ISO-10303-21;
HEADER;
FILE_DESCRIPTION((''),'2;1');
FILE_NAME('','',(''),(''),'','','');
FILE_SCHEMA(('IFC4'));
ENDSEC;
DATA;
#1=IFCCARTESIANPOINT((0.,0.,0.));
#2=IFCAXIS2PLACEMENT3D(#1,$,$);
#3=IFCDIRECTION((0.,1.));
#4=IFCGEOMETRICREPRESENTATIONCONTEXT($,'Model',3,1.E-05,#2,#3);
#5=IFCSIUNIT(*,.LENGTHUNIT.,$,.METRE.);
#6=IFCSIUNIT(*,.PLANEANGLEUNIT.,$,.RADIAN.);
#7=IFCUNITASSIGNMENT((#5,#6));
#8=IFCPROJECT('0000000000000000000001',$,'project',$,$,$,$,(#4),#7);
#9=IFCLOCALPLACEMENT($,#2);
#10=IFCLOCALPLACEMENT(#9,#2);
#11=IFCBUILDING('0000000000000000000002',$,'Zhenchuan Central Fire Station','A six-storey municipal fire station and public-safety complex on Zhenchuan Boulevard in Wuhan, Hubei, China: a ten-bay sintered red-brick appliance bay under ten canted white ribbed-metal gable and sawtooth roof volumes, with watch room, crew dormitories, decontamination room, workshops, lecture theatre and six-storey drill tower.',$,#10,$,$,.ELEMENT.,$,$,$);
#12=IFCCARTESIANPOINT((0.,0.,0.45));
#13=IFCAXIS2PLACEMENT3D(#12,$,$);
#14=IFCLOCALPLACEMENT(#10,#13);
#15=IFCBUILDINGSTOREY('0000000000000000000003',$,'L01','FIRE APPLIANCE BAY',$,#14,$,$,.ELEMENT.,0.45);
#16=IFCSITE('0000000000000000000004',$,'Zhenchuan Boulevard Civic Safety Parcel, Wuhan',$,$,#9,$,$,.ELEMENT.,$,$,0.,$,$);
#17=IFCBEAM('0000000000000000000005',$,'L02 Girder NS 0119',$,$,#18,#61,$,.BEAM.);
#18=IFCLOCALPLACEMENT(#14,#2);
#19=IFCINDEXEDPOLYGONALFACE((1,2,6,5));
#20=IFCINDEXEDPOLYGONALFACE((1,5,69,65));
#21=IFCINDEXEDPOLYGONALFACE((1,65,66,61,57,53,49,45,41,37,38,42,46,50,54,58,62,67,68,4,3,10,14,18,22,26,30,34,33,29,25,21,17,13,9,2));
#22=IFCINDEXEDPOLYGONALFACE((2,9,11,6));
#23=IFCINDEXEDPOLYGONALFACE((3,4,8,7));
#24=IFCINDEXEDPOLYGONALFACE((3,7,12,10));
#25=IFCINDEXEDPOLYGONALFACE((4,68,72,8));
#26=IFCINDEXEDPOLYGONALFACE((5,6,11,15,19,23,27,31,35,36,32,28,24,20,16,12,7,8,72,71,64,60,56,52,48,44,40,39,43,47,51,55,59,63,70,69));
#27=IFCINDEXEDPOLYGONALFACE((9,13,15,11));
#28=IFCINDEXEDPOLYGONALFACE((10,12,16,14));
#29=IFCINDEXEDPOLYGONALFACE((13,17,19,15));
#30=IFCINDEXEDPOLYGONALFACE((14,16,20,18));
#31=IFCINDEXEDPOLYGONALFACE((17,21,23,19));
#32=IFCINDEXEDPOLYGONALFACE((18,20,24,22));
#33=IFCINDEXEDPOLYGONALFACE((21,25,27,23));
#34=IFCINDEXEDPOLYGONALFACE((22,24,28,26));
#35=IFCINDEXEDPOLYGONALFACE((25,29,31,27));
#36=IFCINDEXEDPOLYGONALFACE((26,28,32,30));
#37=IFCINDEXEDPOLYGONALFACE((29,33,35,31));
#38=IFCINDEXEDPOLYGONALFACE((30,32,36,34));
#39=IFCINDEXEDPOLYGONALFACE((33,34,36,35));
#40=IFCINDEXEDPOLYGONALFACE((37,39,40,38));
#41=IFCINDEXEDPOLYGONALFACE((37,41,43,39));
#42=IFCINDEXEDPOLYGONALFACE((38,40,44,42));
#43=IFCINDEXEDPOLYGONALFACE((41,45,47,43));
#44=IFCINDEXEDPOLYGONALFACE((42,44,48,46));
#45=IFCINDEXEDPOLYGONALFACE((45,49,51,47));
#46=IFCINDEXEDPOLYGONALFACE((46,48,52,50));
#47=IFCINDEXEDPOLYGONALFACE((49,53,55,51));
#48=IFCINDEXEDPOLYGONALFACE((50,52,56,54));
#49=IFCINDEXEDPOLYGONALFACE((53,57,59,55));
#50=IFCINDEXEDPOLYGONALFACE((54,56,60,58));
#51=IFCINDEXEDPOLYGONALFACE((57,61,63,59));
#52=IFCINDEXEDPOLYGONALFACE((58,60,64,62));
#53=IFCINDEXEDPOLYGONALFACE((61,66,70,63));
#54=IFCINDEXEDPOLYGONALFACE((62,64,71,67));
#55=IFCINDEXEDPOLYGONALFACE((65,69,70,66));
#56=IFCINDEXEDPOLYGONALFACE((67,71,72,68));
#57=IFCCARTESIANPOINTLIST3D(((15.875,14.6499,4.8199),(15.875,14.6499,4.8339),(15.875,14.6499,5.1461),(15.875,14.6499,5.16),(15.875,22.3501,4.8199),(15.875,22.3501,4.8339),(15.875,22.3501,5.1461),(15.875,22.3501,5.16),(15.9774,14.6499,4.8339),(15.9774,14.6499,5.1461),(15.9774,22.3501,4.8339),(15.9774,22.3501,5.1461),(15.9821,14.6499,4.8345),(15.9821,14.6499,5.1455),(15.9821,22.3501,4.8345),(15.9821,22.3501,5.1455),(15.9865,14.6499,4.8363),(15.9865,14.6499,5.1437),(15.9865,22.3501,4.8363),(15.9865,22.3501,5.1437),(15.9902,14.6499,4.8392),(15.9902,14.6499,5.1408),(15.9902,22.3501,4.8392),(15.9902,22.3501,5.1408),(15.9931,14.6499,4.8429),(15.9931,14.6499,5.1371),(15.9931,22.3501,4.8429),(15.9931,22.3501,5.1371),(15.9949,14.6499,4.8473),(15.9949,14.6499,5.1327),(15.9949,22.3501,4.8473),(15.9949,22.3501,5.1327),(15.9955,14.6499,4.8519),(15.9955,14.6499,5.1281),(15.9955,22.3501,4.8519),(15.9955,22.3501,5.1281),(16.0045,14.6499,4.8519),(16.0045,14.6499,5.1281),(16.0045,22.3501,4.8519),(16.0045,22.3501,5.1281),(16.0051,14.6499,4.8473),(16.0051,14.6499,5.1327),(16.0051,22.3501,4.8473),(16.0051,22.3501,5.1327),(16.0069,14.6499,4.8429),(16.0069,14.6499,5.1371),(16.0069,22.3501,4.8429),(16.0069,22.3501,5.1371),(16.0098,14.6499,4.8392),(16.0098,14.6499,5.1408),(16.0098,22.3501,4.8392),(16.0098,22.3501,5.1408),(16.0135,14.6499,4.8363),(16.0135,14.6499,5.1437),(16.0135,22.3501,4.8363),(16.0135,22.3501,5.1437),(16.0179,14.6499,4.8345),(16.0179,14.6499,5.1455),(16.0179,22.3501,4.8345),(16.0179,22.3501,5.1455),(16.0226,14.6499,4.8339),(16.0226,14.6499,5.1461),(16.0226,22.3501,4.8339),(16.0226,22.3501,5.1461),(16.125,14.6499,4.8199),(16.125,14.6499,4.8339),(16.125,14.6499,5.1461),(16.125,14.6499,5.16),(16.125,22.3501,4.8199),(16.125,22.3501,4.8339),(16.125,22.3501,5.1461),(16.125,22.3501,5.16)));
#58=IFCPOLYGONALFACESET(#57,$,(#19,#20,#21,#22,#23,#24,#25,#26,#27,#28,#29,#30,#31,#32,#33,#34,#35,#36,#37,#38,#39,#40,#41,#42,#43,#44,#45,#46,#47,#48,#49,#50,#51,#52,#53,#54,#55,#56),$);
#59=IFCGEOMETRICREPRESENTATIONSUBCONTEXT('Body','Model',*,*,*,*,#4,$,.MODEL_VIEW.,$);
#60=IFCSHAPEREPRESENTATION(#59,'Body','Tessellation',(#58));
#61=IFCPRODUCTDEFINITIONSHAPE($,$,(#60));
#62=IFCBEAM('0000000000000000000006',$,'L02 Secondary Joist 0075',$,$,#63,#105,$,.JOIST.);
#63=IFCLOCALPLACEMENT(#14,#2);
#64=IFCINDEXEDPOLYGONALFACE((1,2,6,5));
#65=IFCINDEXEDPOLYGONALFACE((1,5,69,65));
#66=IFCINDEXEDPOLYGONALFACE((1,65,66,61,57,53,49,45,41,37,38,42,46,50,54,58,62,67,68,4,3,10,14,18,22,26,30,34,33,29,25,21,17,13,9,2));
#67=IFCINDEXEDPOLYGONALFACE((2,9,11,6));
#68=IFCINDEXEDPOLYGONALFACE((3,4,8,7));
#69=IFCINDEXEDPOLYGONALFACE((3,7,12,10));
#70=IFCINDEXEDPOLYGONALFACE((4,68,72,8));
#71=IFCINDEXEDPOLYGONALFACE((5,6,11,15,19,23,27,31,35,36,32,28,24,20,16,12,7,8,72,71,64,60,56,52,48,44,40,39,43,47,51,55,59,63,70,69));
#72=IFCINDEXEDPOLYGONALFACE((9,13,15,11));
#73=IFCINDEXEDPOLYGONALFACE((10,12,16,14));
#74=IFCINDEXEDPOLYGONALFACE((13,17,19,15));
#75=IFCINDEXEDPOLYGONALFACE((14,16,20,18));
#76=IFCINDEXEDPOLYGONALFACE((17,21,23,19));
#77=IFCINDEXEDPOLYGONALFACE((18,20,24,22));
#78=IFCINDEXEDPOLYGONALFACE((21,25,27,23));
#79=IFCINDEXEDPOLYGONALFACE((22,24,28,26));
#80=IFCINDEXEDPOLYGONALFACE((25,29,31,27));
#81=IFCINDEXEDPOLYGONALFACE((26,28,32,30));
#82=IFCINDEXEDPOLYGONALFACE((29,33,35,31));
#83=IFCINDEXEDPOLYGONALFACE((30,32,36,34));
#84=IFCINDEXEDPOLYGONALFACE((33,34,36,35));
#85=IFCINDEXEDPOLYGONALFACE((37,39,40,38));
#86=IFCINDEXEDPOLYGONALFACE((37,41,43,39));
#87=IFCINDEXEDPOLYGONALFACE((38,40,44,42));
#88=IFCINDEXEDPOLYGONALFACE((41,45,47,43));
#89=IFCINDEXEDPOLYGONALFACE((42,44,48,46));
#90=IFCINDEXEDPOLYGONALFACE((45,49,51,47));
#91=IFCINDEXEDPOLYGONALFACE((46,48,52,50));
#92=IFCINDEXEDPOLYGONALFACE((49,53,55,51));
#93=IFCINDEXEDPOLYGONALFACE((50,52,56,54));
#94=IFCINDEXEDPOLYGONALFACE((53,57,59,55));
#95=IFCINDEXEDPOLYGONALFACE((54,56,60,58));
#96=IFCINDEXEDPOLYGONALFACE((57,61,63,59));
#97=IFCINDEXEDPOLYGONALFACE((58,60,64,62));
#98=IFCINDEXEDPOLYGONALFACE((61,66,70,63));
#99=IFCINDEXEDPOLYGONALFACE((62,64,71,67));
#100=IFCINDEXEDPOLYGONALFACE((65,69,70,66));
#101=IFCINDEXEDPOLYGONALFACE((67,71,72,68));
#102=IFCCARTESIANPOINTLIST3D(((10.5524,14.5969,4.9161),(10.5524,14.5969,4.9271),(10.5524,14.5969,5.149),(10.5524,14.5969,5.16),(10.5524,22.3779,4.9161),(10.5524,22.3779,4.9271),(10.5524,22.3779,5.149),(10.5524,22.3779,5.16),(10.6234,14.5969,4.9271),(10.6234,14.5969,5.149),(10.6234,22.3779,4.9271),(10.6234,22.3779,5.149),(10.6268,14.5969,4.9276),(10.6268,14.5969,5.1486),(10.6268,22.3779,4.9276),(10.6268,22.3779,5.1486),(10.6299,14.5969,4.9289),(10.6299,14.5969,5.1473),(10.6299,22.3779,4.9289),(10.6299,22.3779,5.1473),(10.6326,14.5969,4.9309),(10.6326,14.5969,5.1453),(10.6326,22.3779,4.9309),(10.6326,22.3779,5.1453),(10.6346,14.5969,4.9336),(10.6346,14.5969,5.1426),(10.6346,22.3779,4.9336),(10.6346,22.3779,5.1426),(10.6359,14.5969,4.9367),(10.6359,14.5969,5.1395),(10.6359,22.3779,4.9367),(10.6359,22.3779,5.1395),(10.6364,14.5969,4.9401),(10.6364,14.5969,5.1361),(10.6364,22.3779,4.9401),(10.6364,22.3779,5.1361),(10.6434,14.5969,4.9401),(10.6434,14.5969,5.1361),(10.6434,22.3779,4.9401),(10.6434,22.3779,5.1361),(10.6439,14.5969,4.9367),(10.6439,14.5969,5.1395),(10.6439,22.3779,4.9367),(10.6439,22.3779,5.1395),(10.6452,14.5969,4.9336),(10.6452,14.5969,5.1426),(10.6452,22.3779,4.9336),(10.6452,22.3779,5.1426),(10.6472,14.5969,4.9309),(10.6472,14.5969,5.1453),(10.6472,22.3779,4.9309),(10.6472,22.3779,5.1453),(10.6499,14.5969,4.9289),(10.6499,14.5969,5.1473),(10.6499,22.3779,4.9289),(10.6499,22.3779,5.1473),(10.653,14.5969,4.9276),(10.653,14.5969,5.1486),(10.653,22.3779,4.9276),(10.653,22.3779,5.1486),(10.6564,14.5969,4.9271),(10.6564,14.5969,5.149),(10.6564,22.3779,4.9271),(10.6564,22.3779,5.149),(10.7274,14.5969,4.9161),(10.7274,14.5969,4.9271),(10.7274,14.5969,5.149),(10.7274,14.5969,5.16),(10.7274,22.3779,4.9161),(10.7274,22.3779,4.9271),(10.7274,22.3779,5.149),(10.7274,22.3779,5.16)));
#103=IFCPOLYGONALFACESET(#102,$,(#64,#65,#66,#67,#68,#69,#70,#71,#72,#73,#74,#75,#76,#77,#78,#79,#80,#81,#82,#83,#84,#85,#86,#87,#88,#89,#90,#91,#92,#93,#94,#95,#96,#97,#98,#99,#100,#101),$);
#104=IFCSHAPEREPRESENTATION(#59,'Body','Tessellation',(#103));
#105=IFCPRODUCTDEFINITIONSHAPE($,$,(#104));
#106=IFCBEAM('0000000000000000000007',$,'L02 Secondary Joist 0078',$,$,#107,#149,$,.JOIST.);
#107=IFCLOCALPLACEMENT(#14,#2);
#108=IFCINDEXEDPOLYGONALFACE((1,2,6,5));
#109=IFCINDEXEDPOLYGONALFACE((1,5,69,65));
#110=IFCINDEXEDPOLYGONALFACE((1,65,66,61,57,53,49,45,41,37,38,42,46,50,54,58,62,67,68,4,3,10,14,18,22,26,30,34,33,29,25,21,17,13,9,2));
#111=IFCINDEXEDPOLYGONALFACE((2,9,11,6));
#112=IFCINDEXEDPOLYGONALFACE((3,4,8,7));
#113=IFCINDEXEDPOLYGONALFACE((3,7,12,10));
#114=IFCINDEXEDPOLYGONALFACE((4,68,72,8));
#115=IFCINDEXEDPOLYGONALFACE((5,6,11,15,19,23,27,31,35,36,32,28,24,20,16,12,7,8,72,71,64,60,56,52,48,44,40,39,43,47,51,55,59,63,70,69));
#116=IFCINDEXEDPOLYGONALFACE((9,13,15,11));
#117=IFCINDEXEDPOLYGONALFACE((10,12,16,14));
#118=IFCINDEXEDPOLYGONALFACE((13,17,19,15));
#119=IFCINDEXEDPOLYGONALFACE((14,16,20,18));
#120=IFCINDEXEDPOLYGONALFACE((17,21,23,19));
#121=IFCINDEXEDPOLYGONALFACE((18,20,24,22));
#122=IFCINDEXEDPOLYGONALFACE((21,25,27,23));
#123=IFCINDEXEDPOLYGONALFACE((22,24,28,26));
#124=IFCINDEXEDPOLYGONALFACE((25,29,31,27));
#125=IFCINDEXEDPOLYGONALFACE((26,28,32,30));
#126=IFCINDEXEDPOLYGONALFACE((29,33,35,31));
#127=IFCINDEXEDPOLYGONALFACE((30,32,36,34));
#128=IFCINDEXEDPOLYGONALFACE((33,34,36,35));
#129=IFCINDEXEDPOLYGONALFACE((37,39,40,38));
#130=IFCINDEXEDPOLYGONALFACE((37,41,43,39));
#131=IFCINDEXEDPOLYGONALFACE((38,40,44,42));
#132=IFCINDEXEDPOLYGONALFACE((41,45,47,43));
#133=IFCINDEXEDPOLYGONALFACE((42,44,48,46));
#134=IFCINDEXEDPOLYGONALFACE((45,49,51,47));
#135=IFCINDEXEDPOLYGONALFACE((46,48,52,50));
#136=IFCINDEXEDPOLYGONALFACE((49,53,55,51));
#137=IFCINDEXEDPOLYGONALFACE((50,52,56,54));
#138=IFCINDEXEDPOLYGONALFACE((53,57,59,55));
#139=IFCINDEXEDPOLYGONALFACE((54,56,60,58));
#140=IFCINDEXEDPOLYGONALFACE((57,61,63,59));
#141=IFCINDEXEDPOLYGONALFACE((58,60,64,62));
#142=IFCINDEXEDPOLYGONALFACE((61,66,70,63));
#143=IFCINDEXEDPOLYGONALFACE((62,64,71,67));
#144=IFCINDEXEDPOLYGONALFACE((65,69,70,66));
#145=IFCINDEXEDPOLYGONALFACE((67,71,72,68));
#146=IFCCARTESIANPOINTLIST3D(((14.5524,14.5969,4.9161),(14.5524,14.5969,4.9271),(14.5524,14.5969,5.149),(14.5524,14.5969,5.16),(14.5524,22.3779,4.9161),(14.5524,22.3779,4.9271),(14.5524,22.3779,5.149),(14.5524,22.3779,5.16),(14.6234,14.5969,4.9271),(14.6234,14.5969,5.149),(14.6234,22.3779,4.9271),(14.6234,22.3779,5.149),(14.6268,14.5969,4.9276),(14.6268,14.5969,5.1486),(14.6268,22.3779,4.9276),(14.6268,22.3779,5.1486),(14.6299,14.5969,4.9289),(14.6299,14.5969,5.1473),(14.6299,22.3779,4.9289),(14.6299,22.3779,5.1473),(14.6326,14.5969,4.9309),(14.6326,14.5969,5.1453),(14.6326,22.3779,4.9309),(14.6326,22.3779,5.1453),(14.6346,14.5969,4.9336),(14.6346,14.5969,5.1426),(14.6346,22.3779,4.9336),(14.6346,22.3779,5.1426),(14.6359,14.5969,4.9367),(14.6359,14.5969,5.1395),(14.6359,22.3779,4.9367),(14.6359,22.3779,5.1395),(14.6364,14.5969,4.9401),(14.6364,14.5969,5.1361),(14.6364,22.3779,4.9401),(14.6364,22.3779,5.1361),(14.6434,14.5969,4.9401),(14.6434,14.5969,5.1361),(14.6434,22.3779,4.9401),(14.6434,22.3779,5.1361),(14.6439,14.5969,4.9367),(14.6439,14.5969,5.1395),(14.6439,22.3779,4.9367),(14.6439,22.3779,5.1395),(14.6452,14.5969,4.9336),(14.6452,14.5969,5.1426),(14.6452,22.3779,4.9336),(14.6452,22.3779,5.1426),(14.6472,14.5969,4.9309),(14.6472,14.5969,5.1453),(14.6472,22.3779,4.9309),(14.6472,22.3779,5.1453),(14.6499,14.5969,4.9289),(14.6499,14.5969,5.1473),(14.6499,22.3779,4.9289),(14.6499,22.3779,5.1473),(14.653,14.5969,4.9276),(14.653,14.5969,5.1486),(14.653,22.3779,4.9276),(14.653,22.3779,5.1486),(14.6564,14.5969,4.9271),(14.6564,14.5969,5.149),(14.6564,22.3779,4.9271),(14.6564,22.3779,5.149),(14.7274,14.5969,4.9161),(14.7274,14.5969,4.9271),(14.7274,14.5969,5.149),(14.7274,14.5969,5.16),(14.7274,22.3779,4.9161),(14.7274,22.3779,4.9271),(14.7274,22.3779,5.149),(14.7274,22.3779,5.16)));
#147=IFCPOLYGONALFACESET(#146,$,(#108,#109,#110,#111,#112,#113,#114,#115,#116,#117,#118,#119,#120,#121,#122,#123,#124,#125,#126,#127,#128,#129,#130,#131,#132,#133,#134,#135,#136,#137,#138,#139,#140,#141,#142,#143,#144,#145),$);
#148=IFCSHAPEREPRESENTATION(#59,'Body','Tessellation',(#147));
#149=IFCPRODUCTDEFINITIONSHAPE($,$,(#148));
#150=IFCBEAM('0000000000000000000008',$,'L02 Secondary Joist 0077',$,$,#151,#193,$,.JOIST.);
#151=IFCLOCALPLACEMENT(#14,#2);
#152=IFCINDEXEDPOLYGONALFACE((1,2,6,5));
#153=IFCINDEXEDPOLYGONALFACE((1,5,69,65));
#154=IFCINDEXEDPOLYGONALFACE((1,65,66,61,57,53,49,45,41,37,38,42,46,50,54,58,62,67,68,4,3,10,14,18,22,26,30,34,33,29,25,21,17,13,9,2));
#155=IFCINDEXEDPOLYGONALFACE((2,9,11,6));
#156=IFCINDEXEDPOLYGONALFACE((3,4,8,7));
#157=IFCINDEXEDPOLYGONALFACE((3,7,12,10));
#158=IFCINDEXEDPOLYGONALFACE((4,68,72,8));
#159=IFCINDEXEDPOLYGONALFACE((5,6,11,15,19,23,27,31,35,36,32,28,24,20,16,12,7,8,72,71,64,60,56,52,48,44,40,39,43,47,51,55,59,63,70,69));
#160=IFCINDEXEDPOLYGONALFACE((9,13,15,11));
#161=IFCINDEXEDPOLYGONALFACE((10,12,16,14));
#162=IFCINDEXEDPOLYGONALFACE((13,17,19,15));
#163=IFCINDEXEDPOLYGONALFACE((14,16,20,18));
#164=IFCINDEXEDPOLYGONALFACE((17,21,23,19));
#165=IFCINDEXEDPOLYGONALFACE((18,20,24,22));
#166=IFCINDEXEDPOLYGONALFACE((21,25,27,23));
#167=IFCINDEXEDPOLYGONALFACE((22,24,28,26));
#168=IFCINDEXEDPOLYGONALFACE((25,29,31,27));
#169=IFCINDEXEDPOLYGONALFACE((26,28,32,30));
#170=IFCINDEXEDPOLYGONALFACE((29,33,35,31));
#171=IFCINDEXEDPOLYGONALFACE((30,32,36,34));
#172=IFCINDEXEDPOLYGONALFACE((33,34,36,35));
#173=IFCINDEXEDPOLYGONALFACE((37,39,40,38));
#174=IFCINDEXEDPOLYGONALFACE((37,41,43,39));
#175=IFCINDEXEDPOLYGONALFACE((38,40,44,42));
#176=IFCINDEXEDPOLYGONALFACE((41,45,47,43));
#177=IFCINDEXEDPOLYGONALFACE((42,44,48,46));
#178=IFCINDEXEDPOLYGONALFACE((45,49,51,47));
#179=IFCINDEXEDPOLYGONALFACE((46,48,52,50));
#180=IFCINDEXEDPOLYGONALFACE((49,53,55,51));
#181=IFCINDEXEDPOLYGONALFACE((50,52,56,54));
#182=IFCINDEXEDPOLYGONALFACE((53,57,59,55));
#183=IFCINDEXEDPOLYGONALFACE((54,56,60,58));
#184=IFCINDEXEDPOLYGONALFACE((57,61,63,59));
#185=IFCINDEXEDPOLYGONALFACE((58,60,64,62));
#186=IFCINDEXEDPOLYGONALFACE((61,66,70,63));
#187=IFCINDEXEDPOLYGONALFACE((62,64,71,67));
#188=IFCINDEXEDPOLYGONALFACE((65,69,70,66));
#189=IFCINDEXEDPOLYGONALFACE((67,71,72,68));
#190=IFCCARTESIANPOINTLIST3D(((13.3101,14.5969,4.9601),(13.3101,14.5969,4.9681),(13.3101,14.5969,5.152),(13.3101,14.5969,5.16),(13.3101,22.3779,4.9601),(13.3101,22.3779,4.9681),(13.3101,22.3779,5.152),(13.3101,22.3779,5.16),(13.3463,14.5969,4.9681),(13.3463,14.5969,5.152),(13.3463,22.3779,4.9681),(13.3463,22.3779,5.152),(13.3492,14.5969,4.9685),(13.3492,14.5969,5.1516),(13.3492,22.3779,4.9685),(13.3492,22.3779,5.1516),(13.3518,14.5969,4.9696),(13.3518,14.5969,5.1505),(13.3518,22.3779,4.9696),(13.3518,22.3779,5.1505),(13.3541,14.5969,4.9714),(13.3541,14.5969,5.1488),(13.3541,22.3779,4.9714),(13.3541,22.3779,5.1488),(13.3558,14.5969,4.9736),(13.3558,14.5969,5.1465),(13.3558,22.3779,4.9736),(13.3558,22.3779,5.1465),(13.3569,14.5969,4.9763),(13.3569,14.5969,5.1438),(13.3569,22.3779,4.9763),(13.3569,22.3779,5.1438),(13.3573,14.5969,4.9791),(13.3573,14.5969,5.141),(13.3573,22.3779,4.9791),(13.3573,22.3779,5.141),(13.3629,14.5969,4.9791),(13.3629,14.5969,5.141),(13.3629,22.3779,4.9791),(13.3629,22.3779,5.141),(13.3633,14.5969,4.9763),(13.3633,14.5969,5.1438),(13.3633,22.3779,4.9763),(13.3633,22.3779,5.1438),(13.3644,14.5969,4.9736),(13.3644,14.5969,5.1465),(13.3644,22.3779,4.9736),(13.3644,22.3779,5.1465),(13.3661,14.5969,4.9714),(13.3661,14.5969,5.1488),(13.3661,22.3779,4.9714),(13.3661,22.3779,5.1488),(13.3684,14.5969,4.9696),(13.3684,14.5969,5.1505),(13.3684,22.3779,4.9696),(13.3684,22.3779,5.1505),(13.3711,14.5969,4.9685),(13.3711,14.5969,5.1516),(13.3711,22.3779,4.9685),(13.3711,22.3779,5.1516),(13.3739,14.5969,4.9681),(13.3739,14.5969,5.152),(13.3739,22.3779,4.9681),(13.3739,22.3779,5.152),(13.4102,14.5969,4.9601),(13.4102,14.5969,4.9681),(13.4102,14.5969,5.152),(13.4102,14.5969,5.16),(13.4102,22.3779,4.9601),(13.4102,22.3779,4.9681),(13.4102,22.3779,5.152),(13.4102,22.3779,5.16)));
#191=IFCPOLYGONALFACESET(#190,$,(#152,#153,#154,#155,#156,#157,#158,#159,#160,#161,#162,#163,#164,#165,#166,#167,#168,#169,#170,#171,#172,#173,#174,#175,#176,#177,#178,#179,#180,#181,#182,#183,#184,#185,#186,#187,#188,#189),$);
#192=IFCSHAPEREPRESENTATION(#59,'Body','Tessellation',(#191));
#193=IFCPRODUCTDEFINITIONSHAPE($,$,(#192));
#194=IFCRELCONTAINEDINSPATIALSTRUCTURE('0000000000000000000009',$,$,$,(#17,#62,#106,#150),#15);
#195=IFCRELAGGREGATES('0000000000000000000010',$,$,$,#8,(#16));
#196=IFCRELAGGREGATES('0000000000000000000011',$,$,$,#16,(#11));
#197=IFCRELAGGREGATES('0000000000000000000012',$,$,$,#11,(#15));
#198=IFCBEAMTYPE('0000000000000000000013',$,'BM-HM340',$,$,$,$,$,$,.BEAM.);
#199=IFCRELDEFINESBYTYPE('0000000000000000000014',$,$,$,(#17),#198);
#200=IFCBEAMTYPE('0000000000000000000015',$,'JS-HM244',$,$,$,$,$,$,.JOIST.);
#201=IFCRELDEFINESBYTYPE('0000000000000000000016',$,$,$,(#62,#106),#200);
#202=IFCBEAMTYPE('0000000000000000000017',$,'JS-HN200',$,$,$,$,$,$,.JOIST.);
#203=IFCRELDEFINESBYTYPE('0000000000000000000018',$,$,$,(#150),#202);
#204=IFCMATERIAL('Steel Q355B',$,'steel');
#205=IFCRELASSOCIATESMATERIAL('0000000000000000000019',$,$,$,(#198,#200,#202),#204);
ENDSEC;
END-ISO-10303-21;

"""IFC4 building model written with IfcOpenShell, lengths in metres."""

from ifc_helpers import new_model, si_unit, direction, frame, origin, origin_2d, place, context, subcontext, project, spatial, i_section, extrude, material, material_profile, profile_set, type_object, element, save


model = new_model("IFC4")

# Units and contexts
model_context = context("Model", 3, precision=1e-05, world=origin(), true_north=direction((0.0, 1.0)))
body_context = subcontext(model_context, "Body", "Model", "MODEL_VIEW")
ifc_project = project(units=[si_unit("LENGTHUNIT", "METRE"), si_unit("PLANEANGLEUNIT", "RADIAN")], contexts=[model_context])

# Site, building, storey
site_placement = place(None, origin())
site = spatial("IfcSite", under=ifc_project, at=site_placement, Name="Zhenchuan Boulevard Civic Safety Parcel, Wuhan", CompositionType="ELEMENT", RefElevation=0.0)
building_placement = place(site_placement, origin())
building = spatial("IfcBuilding", under=site, at=building_placement, Name="Zhenchuan Central Fire Station", Description="A six-storey municipal fire station and public-safety complex on Zhenchuan Boulevard in Wuhan, Hubei, China: a ten-bay sintered red-brick appliance bay under ten canted white ribbed-metal gable and sawtooth roof volumes, with watch room, crew dormitories, decontamination room, workshops, lecture theatre and six-storey drill tower.", CompositionType="ELEMENT")
storey_placement = place(building_placement, frame((0.0, 0.0, 0.45)))
storey = spatial("IfcBuildingStorey", under=building, at=storey_placement, Name="L01", Description="FIRE APPLIANCE BAY", CompositionType="ELEMENT", Elevation=0.45)

# Beams
ifc_material_1 = material(Name="Steel Q355B", Category="steel")
ifc_material_profile_1 = material_profile(ifc_material_1, i_section(OverallWidth=0.25, OverallDepth=0.3401, WebThickness=0.009, FlangeThickness=0.0139, FilletRadius=0.0181, at=origin_2d()), Name="HM 340x250")
ifc_profile_set_1 = profile_set([ifc_material_profile_1], Name="Steel Q355B")
beam_type_1 = type_object("IfcBeamType", Name="BM-HM340", PredefinedType="BEAM", material=ifc_profile_set_1)
beam_1_placement = place(storey_placement, frame((16.0, 14.6499, 4.99), z_axis=(0.0, 1.0, 0.0), x_axis=(-1.0, 0.0, 0.0)))
element("IfcBeam", 1, at=beam_1_placement, inside=storey, type_object=beam_type_1, Name="L02 Girder NS 0119", PredefinedType="BEAM", context=body_context, shape_type="SweptSolid", body=[
    extrude(i_section(OverallWidth=0.25, OverallDepth=0.3401, WebThickness=0.009, FlangeThickness=0.0139, FilletRadius=0.0181, at=origin_2d()), origin(), (0.0, 0.0, 1.0), 7.7002),
])
ifc_material_profile_2 = material_profile(ifc_material_1, i_section(OverallWidth=0.175, OverallDepth=0.2439, WebThickness=0.0071, FlangeThickness=0.011, FilletRadius=0.0129, at=origin_2d()), Name="HM 244x175")
ifc_profile_set_2 = profile_set([ifc_material_profile_2], Name="Steel Q355B")
beam_type_2 = type_object("IfcBeamType", Name="JS-HM244", PredefinedType="JOIST", material=ifc_profile_set_2)
for number, where, z_axis, x_axis, name in (
    (2, (10.6399, 14.5969, 5.0381), (0.0, 1.0, 0.0), (-1.0, 0.0, 0.0), "L02 Secondary Joist 0075"),
    (3, (14.6399, 14.5969, 5.0381), (0.0, 1.0, 0.0), (-1.0, 0.0, 0.0), "L02 Secondary Joist 0078"),
):
    element("IfcBeam", number, at=place(storey_placement, frame(where, z_axis=z_axis, x_axis=x_axis)), inside=storey, type_object=beam_type_2, Name=name, PredefinedType="JOIST", context=body_context, shape_type="SweptSolid", body=[
        extrude(i_section(OverallWidth=0.175, OverallDepth=0.2439, WebThickness=0.0071, FlangeThickness=0.011, FilletRadius=0.0129, at=origin_2d()), origin(), (0.0, 0.0, 1.0), 7.781),
    ])
ifc_material_profile_3 = material_profile(ifc_material_1, i_section(OverallWidth=0.1001, OverallDepth=0.2, WebThickness=0.0056, FlangeThickness=0.0081, FilletRadius=0.011, at=origin_2d()), Name="HN 200x100")
ifc_profile_set_3 = profile_set([ifc_material_profile_3], Name="Steel Q355B")
beam_type_3 = type_object("IfcBeamType", Name="JS-HN200", PredefinedType="JOIST", material=ifc_profile_set_3)
beam_2_placement = place(storey_placement, frame((13.3601, 14.5969, 5.0601), z_axis=(0.0, 1.0, 0.0), x_axis=(-1.0, 0.0, 0.0)))
element("IfcBeam", 4, at=beam_2_placement, inside=storey, type_object=beam_type_3, Name="L02 Secondary Joist 0077", PredefinedType="JOIST", context=body_context, shape_type="SweptSolid", body=[
    extrude(i_section(OverallWidth=0.1001, OverallDepth=0.2, WebThickness=0.0056, FlangeThickness=0.0081, FilletRadius=0.011, at=origin_2d()), origin(), (0.0, 0.0, 1.0), 7.781),
])

save(model, "model.ifc")
